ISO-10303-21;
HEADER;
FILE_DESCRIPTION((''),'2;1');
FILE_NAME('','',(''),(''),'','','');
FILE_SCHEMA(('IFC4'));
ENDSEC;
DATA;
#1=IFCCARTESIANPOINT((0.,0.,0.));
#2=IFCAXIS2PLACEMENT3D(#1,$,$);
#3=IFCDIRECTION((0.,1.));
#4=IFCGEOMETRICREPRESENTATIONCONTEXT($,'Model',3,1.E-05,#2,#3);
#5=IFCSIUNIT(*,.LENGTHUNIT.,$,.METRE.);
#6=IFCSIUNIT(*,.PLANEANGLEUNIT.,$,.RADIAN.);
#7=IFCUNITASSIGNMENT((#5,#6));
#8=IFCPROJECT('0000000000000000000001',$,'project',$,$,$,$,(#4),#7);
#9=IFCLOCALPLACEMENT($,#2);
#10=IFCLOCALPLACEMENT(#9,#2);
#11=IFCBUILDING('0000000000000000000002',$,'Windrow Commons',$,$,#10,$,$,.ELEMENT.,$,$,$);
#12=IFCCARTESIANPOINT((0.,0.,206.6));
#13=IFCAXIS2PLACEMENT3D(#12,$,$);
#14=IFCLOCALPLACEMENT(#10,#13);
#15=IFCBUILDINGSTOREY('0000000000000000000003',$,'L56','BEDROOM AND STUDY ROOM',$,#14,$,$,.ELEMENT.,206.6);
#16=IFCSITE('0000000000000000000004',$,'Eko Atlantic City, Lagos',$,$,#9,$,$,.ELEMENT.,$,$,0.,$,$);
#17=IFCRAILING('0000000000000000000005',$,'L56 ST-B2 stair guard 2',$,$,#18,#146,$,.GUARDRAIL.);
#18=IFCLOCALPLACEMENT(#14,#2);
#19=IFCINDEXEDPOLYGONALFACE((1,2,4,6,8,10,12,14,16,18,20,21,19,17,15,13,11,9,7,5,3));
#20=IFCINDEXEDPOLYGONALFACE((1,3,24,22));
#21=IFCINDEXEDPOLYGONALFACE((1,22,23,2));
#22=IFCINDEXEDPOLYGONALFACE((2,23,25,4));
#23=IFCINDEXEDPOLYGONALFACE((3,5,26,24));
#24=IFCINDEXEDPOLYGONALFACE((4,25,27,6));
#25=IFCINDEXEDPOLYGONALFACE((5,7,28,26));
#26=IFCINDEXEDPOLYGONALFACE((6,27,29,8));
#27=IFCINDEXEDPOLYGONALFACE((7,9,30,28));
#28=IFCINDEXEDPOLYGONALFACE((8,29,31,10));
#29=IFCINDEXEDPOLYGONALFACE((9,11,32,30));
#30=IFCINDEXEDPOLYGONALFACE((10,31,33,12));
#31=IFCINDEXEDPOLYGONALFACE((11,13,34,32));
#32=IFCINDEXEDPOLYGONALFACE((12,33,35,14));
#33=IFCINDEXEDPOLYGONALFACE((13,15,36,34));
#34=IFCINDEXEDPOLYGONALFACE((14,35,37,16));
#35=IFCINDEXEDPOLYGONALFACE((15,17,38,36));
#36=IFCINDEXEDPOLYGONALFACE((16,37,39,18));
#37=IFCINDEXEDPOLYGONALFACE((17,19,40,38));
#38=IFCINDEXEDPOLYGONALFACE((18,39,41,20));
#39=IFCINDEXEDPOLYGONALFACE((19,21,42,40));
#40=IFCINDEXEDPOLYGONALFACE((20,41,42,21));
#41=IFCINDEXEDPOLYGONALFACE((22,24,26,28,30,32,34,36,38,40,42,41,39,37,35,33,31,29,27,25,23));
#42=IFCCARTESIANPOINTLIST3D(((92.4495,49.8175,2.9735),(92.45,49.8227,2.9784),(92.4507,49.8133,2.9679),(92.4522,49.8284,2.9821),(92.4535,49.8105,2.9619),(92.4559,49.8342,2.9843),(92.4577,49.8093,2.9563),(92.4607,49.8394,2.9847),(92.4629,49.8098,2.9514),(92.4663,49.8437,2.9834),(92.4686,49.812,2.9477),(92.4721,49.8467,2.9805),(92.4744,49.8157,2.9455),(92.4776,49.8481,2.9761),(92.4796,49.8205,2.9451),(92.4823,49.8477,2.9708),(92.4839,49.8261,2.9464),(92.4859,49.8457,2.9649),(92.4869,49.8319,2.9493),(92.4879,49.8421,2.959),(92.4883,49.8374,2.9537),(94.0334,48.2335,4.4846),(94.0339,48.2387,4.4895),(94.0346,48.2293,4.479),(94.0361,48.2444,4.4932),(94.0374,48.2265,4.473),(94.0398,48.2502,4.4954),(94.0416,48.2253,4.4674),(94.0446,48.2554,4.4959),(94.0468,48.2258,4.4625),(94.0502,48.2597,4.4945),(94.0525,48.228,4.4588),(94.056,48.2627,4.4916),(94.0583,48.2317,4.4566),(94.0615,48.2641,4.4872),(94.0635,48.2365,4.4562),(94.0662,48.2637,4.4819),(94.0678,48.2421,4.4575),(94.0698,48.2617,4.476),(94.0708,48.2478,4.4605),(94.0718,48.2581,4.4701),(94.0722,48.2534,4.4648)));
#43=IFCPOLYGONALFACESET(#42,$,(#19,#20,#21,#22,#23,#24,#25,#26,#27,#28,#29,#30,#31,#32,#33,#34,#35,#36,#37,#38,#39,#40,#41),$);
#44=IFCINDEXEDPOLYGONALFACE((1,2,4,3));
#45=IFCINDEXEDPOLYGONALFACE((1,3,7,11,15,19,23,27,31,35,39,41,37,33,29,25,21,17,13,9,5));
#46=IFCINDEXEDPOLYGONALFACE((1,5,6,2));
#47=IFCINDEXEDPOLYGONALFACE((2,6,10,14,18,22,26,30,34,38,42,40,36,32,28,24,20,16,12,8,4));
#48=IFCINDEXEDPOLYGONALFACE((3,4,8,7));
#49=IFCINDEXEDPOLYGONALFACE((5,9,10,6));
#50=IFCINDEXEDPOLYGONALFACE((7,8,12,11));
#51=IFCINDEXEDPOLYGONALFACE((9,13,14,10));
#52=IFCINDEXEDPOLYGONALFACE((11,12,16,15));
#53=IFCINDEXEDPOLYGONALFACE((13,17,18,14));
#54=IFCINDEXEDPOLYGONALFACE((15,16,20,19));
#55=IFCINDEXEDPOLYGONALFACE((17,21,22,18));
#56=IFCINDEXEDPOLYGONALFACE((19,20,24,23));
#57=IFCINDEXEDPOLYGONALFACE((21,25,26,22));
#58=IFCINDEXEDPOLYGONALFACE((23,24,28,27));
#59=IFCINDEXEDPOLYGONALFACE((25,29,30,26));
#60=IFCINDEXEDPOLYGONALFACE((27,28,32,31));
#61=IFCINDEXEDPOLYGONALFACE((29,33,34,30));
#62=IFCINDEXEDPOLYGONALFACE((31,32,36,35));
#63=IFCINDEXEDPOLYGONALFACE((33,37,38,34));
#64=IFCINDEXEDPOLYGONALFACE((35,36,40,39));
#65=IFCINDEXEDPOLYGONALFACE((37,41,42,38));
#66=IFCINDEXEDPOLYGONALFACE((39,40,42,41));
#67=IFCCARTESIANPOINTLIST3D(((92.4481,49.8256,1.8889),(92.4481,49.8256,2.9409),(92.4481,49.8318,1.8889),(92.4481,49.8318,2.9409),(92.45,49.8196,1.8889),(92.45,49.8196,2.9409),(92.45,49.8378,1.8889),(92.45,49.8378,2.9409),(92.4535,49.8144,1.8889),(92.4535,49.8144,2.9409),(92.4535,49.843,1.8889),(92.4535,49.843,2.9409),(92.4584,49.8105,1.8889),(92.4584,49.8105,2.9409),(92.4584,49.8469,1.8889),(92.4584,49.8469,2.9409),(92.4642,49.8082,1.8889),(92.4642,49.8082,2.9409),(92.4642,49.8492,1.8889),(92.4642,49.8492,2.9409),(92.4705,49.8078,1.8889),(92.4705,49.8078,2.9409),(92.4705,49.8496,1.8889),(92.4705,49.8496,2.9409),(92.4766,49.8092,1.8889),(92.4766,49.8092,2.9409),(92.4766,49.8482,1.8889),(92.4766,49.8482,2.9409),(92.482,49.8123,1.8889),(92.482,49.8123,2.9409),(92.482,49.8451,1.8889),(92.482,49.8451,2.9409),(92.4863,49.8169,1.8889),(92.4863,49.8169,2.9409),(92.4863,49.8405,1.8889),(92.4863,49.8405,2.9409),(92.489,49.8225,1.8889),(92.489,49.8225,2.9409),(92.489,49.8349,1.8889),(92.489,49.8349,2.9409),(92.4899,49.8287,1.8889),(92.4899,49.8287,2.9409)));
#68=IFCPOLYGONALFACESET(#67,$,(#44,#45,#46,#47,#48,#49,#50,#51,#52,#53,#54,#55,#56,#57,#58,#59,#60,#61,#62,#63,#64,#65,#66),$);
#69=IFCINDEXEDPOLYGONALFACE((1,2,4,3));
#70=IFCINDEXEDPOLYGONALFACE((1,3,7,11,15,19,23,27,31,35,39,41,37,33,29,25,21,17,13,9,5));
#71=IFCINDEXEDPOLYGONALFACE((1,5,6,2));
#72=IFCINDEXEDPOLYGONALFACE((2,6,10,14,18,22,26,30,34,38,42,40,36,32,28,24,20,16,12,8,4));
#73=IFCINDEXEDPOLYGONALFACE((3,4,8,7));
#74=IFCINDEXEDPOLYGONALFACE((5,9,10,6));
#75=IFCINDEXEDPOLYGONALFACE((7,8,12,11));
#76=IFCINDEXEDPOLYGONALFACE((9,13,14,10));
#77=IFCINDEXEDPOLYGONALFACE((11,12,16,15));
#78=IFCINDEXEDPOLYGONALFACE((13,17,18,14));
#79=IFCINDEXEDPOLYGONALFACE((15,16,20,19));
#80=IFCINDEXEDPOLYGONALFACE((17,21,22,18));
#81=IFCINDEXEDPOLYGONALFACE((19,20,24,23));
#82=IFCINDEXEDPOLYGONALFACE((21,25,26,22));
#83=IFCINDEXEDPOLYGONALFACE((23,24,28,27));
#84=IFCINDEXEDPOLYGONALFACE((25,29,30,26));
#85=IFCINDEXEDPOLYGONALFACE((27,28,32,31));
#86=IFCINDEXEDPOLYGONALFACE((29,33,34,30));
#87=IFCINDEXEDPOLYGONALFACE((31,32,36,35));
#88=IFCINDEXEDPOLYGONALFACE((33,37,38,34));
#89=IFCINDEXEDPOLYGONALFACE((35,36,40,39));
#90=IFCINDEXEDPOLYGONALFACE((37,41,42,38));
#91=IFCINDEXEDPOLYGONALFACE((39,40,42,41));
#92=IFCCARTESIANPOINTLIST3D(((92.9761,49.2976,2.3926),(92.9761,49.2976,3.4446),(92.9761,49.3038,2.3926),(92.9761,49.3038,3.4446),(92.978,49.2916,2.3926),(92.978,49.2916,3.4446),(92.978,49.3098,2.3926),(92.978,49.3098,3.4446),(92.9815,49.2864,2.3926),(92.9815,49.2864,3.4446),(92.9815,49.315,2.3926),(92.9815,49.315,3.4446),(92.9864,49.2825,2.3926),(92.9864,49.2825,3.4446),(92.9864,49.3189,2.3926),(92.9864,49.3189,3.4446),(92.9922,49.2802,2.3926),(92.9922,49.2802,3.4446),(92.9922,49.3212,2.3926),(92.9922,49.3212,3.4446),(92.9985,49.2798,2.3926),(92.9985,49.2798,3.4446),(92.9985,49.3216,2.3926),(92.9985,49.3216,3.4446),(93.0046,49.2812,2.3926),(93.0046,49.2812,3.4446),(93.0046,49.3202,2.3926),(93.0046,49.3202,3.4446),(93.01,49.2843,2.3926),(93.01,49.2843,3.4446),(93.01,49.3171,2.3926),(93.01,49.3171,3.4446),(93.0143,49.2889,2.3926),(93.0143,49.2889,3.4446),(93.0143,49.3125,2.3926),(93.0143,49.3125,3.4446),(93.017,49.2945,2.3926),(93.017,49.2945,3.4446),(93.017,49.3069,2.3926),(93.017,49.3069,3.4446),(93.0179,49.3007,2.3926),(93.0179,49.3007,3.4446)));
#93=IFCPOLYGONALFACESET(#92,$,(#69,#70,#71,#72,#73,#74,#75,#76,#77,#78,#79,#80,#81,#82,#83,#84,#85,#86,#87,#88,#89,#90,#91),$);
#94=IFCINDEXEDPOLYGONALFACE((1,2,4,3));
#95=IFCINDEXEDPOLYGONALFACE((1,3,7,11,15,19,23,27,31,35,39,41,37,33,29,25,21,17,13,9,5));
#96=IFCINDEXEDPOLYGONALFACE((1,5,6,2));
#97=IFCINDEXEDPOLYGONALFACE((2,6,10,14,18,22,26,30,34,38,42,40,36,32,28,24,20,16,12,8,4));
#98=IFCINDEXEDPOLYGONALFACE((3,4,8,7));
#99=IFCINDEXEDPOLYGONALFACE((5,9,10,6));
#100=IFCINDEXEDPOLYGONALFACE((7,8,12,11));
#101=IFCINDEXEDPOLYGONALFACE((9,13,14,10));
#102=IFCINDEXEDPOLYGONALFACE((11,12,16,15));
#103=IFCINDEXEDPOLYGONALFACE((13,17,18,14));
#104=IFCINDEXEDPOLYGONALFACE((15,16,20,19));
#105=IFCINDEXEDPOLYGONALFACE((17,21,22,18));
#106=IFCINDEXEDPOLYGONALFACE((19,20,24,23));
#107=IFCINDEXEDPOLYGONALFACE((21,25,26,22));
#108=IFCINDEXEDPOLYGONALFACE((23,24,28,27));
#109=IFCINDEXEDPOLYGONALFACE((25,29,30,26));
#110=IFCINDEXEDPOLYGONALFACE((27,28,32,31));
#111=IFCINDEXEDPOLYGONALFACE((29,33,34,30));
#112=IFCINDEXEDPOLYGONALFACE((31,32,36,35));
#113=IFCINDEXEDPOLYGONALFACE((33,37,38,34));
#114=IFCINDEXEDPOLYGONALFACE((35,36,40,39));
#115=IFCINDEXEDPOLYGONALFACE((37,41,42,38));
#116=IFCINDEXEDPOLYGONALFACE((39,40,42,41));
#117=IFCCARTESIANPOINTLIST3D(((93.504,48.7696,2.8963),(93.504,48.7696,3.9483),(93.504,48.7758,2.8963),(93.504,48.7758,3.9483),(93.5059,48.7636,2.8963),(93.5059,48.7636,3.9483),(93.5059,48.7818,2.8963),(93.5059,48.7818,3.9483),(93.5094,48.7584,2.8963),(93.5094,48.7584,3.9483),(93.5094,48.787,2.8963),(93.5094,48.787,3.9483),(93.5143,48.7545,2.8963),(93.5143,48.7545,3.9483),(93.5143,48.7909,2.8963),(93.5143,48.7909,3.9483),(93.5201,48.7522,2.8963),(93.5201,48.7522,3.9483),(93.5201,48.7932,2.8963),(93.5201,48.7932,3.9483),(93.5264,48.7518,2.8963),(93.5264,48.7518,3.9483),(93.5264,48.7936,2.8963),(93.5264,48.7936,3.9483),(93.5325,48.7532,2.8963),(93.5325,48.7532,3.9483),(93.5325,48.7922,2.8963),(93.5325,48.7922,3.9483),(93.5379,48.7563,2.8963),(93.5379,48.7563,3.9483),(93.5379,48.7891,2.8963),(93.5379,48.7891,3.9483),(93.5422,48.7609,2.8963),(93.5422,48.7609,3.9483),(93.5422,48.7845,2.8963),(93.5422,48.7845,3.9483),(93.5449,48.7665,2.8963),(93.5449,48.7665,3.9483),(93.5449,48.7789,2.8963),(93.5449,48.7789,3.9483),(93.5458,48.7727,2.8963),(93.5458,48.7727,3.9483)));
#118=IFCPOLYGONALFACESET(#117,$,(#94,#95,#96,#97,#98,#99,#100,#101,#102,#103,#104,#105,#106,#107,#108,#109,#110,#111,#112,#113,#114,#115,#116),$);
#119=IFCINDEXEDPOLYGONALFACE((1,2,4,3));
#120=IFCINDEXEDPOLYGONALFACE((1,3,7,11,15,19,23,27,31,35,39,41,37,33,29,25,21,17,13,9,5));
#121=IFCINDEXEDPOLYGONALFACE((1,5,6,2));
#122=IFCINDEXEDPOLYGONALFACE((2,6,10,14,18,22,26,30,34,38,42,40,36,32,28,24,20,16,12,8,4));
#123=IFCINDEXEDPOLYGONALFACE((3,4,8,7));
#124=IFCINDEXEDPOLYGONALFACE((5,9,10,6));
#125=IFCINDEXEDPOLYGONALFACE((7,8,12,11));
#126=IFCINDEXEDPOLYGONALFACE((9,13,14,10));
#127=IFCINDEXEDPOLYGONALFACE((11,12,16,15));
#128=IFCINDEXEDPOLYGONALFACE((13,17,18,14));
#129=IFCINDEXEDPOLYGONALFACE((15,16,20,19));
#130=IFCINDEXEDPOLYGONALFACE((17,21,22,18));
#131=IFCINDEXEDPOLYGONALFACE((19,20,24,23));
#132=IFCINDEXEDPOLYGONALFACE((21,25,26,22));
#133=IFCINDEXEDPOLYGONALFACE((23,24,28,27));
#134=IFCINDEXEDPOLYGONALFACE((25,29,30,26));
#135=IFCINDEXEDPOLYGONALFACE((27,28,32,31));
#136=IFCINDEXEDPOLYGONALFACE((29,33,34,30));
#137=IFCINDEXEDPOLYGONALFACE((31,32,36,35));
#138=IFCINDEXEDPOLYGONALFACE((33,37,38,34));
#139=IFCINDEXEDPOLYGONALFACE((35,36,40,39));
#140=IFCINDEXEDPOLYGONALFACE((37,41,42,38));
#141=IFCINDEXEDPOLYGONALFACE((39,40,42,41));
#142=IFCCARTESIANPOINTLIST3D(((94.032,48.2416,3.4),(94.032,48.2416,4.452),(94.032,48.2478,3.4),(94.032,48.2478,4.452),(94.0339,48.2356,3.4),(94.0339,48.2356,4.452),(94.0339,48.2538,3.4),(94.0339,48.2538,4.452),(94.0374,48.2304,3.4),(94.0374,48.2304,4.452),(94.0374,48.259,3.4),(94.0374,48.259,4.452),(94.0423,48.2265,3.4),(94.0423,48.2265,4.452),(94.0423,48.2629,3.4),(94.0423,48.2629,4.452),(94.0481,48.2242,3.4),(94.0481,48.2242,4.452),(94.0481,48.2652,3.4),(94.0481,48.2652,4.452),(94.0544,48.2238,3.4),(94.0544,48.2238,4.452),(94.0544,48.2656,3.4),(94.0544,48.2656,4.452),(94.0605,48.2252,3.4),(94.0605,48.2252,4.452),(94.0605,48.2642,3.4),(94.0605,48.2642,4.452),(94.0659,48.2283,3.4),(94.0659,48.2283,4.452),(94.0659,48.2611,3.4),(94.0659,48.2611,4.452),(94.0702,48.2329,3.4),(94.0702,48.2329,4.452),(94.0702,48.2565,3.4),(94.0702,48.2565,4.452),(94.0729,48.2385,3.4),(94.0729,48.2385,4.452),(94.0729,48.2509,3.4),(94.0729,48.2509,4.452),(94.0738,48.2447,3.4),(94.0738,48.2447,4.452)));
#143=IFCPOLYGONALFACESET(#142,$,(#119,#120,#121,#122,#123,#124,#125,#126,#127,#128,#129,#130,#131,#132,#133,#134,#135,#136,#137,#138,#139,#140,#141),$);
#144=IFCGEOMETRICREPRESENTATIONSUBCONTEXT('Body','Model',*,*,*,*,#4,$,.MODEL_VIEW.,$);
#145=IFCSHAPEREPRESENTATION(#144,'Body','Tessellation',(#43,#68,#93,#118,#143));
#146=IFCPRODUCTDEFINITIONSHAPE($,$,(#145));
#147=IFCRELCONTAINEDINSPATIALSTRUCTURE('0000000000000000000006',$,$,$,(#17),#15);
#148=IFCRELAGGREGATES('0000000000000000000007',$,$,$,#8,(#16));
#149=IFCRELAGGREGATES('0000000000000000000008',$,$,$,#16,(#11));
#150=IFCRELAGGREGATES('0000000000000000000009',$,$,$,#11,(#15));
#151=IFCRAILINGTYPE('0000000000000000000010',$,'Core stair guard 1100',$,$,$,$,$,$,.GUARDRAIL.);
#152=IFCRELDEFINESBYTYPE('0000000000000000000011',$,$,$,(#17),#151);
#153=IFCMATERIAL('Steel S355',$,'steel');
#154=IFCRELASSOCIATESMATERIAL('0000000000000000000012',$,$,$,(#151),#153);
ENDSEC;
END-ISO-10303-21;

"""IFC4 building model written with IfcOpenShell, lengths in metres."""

from ifc_helpers import new_model, si_unit, direction, frame, origin, origin_2d, place, context, subcontext, project, spatial, circle, extrude, material, type_object, element, save


model = new_model("IFC4")

# Units and contexts
model_context = context("Model", 3, precision=1e-05, world=origin(), true_north=direction((0.0, 1.0)))
body_context = subcontext(model_context, "Body", "Model", "MODEL_VIEW")
ifc_project = project(units=[si_unit("LENGTHUNIT", "METRE"), si_unit("PLANEANGLEUNIT", "RADIAN")], contexts=[model_context])

# Site, building, storey
site_placement = place(None, origin())
site = spatial("IfcSite", under=ifc_project, at=site_placement, Name="Eko Atlantic City, Lagos", CompositionType="ELEMENT", RefElevation=0.0)
building_placement = place(site_placement, origin())
building = spatial("IfcBuilding", under=site, at=building_placement, Name="Windrow Commons", CompositionType="ELEMENT")
storey_placement = place(building_placement, frame((0.0, 0.0, 206.6)))
storey = spatial("IfcBuildingStorey", under=building, at=storey_placement, Name="L56", Description="BEDROOM AND STUDY ROOM", CompositionType="ELEMENT", Elevation=206.6)

# Railing
ifc_material_1 = material(Name="Steel S355", Category="steel")
railing_type_1 = type_object("IfcRailingType", Name="Core stair guard 1100", PredefinedType="GUARDRAIL", material=ifc_material_1)
railing_1_placement = place(storey_placement, frame((92.4689, 49.8287, 1.8889)))
element("IfcRailing", 1, at=railing_1_placement, inside=storey, type_object=railing_type_1, Name="L56 ST-B2 stair guard 2", PredefinedType="GUARDRAIL", context=body_context, shape_type="SweptSolid", body=[
    extrude(circle(Radius=0.024, at=origin_2d()), frame((0.0, 0.0, 1.076), z_axis=(0.586179, -0.586216, 0.559237), x_axis=(0.707129, 0.707084, 0.0)), (0.0, 0.0, 1.0), 2.7021),
    extrude(circle(Radius=0.021, at=origin_2d()), origin(), (0.0, 0.0, 1.0), 1.052),
    extrude(circle(Radius=0.021, at=origin_2d()), frame((0.528, -0.528, 0.5037)), (0.0, 0.0, 1.0), 1.052),
    extrude(circle(Radius=0.021, at=origin_2d()), frame((1.0559, -1.056, 1.0074)), (0.0, 0.0, 1.0), 1.052),
    extrude(circle(Radius=0.021, at=origin_2d()), frame((1.5839, -1.584, 1.5111)), (0.0, 0.0, 1.0), 1.052),
])

save(model, "model.ifc")
